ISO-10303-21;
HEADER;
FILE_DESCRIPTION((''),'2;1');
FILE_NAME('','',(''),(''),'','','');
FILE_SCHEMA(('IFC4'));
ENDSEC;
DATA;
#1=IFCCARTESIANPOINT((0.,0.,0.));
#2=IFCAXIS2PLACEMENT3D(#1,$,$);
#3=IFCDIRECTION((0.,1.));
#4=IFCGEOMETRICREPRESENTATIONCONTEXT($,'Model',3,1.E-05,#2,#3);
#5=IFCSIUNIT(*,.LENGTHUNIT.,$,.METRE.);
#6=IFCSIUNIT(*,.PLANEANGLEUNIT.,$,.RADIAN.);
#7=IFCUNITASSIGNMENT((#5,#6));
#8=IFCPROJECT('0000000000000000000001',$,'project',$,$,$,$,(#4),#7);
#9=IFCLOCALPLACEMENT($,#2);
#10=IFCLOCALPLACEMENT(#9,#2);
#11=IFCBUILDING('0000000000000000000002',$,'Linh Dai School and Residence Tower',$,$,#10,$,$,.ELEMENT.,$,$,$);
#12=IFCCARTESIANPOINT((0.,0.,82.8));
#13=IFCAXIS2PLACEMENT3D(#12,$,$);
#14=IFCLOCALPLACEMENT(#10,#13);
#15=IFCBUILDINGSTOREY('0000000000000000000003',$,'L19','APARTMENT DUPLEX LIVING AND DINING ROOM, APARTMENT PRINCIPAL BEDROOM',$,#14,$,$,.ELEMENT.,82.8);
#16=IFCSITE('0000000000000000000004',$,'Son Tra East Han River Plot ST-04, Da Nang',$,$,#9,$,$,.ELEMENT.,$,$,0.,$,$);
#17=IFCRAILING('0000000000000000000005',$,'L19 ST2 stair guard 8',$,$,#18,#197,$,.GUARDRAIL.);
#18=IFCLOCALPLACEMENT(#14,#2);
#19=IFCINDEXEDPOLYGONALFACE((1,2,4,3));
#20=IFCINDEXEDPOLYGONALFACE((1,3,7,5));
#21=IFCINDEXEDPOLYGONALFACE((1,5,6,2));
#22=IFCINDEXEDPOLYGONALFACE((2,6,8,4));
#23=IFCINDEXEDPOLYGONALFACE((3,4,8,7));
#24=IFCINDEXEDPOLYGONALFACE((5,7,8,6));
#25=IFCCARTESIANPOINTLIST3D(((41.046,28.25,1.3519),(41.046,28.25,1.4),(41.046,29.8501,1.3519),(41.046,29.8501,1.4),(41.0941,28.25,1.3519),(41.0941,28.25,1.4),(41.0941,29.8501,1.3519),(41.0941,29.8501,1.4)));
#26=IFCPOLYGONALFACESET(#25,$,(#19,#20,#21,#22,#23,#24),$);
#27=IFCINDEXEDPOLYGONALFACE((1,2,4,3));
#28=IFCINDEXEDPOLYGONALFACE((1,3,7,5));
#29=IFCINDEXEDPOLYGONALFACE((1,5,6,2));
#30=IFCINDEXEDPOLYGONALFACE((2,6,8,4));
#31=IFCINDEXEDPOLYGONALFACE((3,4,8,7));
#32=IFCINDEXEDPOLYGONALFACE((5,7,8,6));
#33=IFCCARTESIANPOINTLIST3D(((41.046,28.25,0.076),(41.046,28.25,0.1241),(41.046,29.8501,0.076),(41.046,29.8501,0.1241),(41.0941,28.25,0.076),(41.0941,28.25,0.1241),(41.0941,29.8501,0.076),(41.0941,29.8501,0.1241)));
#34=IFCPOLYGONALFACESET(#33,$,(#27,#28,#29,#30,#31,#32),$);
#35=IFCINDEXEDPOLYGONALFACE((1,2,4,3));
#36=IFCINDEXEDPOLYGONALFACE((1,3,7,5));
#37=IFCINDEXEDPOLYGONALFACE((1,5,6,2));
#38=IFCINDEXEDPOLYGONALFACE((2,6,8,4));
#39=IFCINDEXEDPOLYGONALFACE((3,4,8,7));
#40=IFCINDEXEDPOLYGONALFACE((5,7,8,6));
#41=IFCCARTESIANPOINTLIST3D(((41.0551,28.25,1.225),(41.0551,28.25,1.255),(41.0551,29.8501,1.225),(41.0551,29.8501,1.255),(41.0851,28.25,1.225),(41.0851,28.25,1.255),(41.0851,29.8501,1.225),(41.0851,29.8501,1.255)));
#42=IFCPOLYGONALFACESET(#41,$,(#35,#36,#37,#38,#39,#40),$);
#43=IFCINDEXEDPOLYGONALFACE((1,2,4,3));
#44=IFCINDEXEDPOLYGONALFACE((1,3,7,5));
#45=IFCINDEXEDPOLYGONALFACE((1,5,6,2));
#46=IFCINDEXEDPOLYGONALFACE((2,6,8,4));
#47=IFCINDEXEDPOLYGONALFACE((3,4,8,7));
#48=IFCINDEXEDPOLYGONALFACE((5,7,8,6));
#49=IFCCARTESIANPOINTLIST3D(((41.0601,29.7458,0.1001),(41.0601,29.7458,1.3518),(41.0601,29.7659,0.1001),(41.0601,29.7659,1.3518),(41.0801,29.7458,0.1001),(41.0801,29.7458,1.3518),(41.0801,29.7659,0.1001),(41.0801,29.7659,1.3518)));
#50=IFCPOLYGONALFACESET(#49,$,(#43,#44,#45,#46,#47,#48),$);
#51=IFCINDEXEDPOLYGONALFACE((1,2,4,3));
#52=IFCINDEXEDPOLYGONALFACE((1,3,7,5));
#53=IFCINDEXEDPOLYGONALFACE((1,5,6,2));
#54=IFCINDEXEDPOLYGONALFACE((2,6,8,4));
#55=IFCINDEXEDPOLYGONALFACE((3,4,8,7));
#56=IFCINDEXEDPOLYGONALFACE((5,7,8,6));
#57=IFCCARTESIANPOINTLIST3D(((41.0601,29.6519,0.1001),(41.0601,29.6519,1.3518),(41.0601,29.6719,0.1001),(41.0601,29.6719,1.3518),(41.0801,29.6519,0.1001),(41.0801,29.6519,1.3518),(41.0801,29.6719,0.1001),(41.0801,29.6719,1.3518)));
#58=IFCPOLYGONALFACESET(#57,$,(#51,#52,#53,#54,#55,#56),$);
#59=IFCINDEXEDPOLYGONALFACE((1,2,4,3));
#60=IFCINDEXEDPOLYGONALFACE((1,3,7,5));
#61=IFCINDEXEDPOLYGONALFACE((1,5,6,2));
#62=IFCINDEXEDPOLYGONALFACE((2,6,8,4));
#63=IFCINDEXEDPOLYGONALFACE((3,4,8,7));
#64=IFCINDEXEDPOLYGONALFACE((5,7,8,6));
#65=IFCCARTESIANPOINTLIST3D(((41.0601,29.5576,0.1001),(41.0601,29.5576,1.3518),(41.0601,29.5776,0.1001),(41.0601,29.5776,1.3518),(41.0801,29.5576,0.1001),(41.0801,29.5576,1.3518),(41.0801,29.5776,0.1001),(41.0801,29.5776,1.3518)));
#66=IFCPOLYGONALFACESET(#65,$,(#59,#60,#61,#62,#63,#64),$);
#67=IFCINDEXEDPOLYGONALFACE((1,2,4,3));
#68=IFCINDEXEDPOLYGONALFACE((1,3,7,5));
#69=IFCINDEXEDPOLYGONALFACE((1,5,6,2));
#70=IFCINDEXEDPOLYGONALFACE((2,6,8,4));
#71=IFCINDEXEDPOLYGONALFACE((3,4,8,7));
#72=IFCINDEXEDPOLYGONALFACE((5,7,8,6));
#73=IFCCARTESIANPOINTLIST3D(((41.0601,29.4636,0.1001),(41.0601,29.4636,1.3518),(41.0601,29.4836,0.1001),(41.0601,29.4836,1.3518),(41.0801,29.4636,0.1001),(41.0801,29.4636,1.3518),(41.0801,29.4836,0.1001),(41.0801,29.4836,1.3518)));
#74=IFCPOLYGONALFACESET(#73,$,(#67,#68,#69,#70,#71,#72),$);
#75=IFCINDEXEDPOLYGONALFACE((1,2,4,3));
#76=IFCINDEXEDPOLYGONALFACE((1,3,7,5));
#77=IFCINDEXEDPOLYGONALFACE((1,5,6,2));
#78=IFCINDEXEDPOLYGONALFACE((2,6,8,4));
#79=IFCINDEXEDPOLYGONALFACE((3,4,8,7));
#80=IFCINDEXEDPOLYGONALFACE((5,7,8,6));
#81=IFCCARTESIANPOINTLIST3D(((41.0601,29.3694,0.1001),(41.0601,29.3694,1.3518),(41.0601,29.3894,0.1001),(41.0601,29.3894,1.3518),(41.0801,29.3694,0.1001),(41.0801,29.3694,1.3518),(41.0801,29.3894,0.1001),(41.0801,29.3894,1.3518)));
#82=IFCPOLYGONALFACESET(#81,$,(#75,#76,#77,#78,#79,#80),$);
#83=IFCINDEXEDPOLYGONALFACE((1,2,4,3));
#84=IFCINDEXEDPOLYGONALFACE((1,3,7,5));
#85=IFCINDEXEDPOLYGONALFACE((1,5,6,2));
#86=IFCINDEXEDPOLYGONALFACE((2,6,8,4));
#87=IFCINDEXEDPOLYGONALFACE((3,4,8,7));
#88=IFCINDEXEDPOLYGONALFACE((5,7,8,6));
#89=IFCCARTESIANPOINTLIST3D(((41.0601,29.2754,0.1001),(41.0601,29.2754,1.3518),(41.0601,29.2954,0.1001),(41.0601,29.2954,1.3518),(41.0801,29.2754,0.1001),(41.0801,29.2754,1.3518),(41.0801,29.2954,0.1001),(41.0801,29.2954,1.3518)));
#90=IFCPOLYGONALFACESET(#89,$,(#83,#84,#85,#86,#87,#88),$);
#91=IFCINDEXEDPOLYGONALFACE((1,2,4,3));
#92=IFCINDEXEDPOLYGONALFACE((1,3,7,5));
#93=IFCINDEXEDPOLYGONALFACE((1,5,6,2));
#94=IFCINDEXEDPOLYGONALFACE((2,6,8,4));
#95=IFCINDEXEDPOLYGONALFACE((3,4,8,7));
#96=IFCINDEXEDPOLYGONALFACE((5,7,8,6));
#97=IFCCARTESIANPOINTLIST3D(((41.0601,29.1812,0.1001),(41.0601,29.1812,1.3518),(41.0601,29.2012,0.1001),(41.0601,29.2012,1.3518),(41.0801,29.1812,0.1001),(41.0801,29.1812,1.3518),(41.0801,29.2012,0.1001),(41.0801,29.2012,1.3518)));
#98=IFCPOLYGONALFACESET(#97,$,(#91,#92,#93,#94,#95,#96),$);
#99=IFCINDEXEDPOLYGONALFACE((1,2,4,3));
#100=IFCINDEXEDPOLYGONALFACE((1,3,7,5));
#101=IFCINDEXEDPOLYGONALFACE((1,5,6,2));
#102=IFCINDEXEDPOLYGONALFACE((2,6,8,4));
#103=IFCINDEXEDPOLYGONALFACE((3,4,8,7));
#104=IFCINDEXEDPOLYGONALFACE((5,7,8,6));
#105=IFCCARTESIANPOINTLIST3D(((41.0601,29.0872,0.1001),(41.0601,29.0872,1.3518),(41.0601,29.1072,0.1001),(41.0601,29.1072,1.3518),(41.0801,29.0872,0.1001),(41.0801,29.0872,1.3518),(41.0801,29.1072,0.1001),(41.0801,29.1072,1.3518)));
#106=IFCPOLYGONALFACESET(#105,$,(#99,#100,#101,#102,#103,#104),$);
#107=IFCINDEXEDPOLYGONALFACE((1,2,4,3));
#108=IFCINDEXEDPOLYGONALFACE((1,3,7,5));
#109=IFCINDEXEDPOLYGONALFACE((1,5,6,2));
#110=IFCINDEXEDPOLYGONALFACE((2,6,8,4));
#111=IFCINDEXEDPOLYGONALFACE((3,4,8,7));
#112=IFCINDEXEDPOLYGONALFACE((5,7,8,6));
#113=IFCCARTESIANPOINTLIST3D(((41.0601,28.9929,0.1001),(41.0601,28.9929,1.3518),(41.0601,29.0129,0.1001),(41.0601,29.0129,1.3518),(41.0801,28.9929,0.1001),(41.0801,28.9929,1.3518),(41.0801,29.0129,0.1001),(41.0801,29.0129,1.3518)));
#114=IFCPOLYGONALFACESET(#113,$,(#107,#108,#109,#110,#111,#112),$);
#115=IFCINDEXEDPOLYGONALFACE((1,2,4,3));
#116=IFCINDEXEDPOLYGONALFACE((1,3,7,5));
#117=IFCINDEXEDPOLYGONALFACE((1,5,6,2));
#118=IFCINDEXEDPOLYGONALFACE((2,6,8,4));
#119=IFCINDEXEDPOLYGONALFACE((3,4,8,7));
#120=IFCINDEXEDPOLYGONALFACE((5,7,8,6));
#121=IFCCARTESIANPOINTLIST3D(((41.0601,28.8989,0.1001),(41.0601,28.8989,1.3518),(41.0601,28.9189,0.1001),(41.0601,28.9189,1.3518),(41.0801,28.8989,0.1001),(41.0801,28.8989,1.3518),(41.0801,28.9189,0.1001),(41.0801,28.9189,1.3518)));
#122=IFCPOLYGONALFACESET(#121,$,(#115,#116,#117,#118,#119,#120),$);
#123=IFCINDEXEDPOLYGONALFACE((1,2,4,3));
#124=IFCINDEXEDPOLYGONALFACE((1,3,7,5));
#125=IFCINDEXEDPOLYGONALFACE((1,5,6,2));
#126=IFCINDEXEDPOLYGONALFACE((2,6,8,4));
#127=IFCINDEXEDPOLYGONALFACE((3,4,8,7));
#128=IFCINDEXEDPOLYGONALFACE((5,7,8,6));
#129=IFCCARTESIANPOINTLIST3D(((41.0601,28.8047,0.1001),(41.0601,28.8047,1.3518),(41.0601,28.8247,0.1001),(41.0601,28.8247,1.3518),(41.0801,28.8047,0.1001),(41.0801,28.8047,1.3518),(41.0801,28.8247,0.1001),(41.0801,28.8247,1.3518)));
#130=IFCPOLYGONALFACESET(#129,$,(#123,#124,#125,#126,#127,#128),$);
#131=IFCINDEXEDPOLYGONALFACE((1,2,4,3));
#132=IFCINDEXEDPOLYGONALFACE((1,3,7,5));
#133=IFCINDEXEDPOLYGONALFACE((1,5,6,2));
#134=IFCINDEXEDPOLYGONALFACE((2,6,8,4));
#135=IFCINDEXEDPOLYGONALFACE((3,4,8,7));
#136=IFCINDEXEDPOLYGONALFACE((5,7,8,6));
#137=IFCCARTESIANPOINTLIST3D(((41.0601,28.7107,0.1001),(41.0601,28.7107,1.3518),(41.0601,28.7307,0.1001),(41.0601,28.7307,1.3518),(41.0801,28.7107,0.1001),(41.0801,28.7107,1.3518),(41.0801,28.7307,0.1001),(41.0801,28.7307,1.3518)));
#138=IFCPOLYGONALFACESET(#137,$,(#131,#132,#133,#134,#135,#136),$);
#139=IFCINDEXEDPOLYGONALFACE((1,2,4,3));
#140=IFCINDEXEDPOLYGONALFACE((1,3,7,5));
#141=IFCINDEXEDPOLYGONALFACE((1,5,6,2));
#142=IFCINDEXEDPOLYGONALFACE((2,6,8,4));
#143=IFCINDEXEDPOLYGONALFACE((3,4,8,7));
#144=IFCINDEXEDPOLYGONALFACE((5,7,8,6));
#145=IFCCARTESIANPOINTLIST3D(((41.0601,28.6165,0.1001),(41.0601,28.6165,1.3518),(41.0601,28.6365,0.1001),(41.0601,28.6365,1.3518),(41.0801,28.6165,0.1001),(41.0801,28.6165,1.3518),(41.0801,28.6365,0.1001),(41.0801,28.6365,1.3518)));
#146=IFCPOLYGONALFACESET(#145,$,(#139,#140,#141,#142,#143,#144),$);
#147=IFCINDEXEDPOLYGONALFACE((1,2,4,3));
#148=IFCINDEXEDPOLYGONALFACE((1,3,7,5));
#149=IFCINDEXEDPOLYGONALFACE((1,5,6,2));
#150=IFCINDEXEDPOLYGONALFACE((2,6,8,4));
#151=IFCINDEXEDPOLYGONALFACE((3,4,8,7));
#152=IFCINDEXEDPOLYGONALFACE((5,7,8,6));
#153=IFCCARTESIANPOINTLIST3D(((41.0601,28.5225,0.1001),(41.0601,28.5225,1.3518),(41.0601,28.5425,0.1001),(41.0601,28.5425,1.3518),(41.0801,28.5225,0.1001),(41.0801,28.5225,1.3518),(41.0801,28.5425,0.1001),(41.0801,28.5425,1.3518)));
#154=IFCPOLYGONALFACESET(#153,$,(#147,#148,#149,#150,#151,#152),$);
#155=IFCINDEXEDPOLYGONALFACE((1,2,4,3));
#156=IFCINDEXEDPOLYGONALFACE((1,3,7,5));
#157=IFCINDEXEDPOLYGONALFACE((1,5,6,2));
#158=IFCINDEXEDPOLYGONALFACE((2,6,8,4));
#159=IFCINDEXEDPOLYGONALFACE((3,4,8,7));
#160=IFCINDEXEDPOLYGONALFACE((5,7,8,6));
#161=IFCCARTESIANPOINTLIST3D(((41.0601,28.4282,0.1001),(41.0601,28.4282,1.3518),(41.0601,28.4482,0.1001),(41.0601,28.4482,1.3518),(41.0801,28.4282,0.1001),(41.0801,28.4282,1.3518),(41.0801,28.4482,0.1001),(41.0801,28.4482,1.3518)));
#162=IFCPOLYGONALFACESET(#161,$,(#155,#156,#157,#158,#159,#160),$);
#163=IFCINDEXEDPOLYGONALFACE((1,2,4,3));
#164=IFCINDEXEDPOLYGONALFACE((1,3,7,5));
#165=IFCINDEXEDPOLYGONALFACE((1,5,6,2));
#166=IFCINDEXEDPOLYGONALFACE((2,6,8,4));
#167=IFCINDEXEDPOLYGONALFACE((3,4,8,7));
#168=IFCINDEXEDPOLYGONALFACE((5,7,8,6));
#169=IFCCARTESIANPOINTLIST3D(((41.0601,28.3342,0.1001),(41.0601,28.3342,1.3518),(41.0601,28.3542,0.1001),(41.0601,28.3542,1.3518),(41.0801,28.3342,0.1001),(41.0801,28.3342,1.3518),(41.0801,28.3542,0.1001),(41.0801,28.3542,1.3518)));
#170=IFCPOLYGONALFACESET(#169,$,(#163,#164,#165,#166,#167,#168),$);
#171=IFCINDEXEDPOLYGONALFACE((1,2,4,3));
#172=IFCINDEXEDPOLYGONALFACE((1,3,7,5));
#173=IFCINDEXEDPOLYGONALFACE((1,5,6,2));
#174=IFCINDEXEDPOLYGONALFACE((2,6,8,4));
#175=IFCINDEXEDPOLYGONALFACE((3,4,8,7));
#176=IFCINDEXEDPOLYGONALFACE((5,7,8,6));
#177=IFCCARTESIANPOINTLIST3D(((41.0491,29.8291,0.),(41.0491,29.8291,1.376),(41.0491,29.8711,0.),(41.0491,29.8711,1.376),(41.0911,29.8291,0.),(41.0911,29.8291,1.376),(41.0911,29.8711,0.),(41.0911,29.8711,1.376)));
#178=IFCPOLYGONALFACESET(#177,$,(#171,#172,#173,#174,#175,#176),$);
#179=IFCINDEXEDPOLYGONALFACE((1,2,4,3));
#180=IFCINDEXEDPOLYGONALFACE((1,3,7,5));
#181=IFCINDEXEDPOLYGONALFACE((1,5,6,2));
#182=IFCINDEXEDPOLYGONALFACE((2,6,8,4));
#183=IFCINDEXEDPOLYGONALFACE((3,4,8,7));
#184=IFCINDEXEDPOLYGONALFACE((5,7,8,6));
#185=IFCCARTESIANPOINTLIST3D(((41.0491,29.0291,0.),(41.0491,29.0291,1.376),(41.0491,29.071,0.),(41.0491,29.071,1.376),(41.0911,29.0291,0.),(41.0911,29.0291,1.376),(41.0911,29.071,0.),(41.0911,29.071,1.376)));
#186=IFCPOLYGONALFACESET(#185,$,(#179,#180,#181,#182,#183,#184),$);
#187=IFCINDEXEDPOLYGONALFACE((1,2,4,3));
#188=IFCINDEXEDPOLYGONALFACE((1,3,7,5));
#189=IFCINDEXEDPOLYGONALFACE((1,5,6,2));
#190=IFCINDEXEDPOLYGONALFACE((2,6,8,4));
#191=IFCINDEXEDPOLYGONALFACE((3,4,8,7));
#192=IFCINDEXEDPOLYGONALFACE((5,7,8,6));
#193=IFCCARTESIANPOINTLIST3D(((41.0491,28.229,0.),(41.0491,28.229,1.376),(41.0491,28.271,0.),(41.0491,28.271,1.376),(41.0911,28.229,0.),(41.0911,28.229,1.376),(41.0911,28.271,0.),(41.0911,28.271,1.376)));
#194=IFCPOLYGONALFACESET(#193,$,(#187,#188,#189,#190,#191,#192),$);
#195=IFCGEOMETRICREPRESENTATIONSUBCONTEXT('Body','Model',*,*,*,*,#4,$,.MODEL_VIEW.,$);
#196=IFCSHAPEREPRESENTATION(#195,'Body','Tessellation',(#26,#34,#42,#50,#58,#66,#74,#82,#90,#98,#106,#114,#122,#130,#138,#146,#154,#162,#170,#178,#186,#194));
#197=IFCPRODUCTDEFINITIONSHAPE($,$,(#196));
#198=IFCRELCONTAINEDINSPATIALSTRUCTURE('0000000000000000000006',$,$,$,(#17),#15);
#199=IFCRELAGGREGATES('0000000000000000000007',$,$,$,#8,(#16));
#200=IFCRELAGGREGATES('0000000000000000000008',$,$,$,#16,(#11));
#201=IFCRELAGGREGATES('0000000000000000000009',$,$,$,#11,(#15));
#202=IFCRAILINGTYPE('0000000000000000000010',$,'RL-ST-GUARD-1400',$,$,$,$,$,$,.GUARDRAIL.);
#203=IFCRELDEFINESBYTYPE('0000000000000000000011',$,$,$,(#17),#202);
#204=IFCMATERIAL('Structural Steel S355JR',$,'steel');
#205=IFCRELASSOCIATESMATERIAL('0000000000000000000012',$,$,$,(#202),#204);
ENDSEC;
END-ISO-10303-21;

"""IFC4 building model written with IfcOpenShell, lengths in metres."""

from ifc_helpers import new_model, si_unit, direction, frame, origin, origin_2d, place, context, subcontext, project, spatial, rectangle, extrude, source, transform, mapped, material, type_object, element, save


model = new_model("IFC4")

# Units and contexts
model_context = context("Model", 3, precision=1e-05, world=origin(), true_north=direction((0.0, 1.0)))
body_context = subcontext(model_context, "Body", "Model", "MODEL_VIEW")
ifc_project = project(units=[si_unit("LENGTHUNIT", "METRE"), si_unit("PLANEANGLEUNIT", "RADIAN")], contexts=[model_context])

# Site, building, storey
site_placement = place(None, origin())
site = spatial("IfcSite", under=ifc_project, at=site_placement, Name="Son Tra East Han River Plot ST-04, Da Nang", CompositionType="ELEMENT", RefElevation=0.0)
building_placement = place(site_placement, origin())
building = spatial("IfcBuilding", under=site, at=building_placement, Name="Linh Dai School and Residence Tower", CompositionType="ELEMENT")
storey_placement = place(building_placement, frame((0.0, 0.0, 82.8)))
storey = spatial("IfcBuildingStorey", under=building, at=storey_placement, Name="L19", Description="APARTMENT DUPLEX LIVING AND DINING ROOM, APARTMENT PRINCIPAL BEDROOM", CompositionType="ELEMENT", Elevation=82.8)

# Shared definitions
ifc_material_1 = material(Name="Structural Steel S355JR", Category="steel")

# Railing
railing_type_1 = type_object("IfcRailingType", Name="RL-ST-GUARD-1400", PredefinedType="GUARDRAIL", material=ifc_material_1)
shared_shape_1 = source(origin(), body_context, "Body", "SweptSolid", [
    extrude(rectangle(XDim=0.0481, YDim=0.0481, at=origin_2d()), frame((0.0, 0.0, 1.376), z_axis=(0.0, -1.0, 0.0), x_axis=(1.0, 0.0, 0.0)), (0.0, 0.0, 1.0), 1.6001),
    extrude(rectangle(XDim=0.0481, YDim=0.0481, at=origin_2d()), frame((0.0, 0.0, 0.1001), z_axis=(0.0, -1.0, 0.0), x_axis=(1.0, 0.0, 0.0)), (0.0, 0.0, 1.0), 1.6001),
    extrude(rectangle(XDim=0.03, YDim=0.03, at=origin_2d()), frame((0.0, 0.0, 1.24), z_axis=(0.0, -1.0, 0.0), x_axis=(1.0, 0.0, 0.0)), (0.0, 0.0, 1.0), 1.6001),
    extrude(rectangle(XDim=0.02, YDim=0.02, at=origin_2d()), frame((0.0, -0.0942, 0.1001)), (0.0, 0.0, 1.0), 1.2517),
    extrude(rectangle(XDim=0.02, YDim=0.02, at=origin_2d()), frame((0.0, -0.1882, 0.1001)), (0.0, 0.0, 1.0), 1.2517),
    extrude(rectangle(XDim=0.02, YDim=0.02, at=origin_2d()), frame((0.0, -0.2825, 0.1001)), (0.0, 0.0, 1.0), 1.2517),
    extrude(rectangle(XDim=0.02, YDim=0.02, at=origin_2d()), frame((0.0, -0.3765, 0.1001)), (0.0, 0.0, 1.0), 1.2517),
    extrude(rectangle(XDim=0.02, YDim=0.02, at=origin_2d()), frame((0.0, -0.4707, 0.1001)), (0.0, 0.0, 1.0), 1.2517),
    extrude(rectangle(XDim=0.02, YDim=0.02, at=origin_2d()), frame((0.0, -0.5647, 0.1001)), (0.0, 0.0, 1.0), 1.2517),
    extrude(rectangle(XDim=0.02, YDim=0.02, at=origin_2d()), frame((0.0, -0.6589, 0.1001)), (0.0, 0.0, 1.0), 1.2517),
    extrude(rectangle(XDim=0.02, YDim=0.02, at=origin_2d()), frame((0.0, -0.7529, 0.1001)), (0.0, 0.0, 1.0), 1.2517),
    extrude(rectangle(XDim=0.02, YDim=0.02, at=origin_2d()), frame((0.0, -0.8472, 0.1001)), (0.0, 0.0, 1.0), 1.2517),
    extrude(rectangle(XDim=0.02, YDim=0.02, at=origin_2d()), frame((0.0, -0.9412, 0.1001)), (0.0, 0.0, 1.0), 1.2517),
    extrude(rectangle(XDim=0.02, YDim=0.02, at=origin_2d()), frame((0.0, -1.0354, 0.1001)), (0.0, 0.0, 1.0), 1.2517),
    extrude(rectangle(XDim=0.02, YDim=0.02, at=origin_2d()), frame((0.0, -1.1294, 0.1001)), (0.0, 0.0, 1.0), 1.2517),
    extrude(rectangle(XDim=0.02, YDim=0.02, at=origin_2d()), frame((0.0, -1.2236, 0.1001)), (0.0, 0.0, 1.0), 1.2517),
    extrude(rectangle(XDim=0.02, YDim=0.02, at=origin_2d()), frame((0.0, -1.3176, 0.1001)), (0.0, 0.0, 1.0), 1.2517),
    extrude(rectangle(XDim=0.02, YDim=0.02, at=origin_2d()), frame((0.0, -1.4119, 0.1001)), (0.0, 0.0, 1.0), 1.2517),
    extrude(rectangle(XDim=0.02, YDim=0.02, at=origin_2d()), frame((0.0, -1.5059, 0.1001)), (0.0, 0.0, 1.0), 1.2517),
    extrude(rectangle(XDim=0.042, YDim=0.042, at=origin_2d()), origin(), (0.0, 0.0, 1.0), 1.376),
    extrude(rectangle(XDim=0.042, YDim=0.042, at=origin_2d()), frame((0.0, -0.8, 0.0)), (0.0, 0.0, 1.0), 1.376),
    extrude(rectangle(XDim=0.042, YDim=0.042, at=origin_2d()), frame((0.0, -1.6001, 0.0)), (0.0, 0.0, 1.0), 1.376),
])
for number, where, name in (
    (1, (41.0701, 29.8501, 0.0), "L19 ST2 stair guard 8"),
):
    element("IfcRailing", number, at=place(storey_placement, frame(where)), inside=storey, type_object=railing_type_1, Name=name, PredefinedType="GUARDRAIL", context=body_context, shape_type="MappedRepresentation", body=[
        mapped(shared_shape_1, transform((0.0, 0.0, 0.0), x_axis=(1.0, 0.0, 0.0), y_axis=(0.0, 1.0, 0.0), z_axis=(0.0, 0.0, 1.0), scale=1.0)),
    ])

save(model, "model.ifc")
